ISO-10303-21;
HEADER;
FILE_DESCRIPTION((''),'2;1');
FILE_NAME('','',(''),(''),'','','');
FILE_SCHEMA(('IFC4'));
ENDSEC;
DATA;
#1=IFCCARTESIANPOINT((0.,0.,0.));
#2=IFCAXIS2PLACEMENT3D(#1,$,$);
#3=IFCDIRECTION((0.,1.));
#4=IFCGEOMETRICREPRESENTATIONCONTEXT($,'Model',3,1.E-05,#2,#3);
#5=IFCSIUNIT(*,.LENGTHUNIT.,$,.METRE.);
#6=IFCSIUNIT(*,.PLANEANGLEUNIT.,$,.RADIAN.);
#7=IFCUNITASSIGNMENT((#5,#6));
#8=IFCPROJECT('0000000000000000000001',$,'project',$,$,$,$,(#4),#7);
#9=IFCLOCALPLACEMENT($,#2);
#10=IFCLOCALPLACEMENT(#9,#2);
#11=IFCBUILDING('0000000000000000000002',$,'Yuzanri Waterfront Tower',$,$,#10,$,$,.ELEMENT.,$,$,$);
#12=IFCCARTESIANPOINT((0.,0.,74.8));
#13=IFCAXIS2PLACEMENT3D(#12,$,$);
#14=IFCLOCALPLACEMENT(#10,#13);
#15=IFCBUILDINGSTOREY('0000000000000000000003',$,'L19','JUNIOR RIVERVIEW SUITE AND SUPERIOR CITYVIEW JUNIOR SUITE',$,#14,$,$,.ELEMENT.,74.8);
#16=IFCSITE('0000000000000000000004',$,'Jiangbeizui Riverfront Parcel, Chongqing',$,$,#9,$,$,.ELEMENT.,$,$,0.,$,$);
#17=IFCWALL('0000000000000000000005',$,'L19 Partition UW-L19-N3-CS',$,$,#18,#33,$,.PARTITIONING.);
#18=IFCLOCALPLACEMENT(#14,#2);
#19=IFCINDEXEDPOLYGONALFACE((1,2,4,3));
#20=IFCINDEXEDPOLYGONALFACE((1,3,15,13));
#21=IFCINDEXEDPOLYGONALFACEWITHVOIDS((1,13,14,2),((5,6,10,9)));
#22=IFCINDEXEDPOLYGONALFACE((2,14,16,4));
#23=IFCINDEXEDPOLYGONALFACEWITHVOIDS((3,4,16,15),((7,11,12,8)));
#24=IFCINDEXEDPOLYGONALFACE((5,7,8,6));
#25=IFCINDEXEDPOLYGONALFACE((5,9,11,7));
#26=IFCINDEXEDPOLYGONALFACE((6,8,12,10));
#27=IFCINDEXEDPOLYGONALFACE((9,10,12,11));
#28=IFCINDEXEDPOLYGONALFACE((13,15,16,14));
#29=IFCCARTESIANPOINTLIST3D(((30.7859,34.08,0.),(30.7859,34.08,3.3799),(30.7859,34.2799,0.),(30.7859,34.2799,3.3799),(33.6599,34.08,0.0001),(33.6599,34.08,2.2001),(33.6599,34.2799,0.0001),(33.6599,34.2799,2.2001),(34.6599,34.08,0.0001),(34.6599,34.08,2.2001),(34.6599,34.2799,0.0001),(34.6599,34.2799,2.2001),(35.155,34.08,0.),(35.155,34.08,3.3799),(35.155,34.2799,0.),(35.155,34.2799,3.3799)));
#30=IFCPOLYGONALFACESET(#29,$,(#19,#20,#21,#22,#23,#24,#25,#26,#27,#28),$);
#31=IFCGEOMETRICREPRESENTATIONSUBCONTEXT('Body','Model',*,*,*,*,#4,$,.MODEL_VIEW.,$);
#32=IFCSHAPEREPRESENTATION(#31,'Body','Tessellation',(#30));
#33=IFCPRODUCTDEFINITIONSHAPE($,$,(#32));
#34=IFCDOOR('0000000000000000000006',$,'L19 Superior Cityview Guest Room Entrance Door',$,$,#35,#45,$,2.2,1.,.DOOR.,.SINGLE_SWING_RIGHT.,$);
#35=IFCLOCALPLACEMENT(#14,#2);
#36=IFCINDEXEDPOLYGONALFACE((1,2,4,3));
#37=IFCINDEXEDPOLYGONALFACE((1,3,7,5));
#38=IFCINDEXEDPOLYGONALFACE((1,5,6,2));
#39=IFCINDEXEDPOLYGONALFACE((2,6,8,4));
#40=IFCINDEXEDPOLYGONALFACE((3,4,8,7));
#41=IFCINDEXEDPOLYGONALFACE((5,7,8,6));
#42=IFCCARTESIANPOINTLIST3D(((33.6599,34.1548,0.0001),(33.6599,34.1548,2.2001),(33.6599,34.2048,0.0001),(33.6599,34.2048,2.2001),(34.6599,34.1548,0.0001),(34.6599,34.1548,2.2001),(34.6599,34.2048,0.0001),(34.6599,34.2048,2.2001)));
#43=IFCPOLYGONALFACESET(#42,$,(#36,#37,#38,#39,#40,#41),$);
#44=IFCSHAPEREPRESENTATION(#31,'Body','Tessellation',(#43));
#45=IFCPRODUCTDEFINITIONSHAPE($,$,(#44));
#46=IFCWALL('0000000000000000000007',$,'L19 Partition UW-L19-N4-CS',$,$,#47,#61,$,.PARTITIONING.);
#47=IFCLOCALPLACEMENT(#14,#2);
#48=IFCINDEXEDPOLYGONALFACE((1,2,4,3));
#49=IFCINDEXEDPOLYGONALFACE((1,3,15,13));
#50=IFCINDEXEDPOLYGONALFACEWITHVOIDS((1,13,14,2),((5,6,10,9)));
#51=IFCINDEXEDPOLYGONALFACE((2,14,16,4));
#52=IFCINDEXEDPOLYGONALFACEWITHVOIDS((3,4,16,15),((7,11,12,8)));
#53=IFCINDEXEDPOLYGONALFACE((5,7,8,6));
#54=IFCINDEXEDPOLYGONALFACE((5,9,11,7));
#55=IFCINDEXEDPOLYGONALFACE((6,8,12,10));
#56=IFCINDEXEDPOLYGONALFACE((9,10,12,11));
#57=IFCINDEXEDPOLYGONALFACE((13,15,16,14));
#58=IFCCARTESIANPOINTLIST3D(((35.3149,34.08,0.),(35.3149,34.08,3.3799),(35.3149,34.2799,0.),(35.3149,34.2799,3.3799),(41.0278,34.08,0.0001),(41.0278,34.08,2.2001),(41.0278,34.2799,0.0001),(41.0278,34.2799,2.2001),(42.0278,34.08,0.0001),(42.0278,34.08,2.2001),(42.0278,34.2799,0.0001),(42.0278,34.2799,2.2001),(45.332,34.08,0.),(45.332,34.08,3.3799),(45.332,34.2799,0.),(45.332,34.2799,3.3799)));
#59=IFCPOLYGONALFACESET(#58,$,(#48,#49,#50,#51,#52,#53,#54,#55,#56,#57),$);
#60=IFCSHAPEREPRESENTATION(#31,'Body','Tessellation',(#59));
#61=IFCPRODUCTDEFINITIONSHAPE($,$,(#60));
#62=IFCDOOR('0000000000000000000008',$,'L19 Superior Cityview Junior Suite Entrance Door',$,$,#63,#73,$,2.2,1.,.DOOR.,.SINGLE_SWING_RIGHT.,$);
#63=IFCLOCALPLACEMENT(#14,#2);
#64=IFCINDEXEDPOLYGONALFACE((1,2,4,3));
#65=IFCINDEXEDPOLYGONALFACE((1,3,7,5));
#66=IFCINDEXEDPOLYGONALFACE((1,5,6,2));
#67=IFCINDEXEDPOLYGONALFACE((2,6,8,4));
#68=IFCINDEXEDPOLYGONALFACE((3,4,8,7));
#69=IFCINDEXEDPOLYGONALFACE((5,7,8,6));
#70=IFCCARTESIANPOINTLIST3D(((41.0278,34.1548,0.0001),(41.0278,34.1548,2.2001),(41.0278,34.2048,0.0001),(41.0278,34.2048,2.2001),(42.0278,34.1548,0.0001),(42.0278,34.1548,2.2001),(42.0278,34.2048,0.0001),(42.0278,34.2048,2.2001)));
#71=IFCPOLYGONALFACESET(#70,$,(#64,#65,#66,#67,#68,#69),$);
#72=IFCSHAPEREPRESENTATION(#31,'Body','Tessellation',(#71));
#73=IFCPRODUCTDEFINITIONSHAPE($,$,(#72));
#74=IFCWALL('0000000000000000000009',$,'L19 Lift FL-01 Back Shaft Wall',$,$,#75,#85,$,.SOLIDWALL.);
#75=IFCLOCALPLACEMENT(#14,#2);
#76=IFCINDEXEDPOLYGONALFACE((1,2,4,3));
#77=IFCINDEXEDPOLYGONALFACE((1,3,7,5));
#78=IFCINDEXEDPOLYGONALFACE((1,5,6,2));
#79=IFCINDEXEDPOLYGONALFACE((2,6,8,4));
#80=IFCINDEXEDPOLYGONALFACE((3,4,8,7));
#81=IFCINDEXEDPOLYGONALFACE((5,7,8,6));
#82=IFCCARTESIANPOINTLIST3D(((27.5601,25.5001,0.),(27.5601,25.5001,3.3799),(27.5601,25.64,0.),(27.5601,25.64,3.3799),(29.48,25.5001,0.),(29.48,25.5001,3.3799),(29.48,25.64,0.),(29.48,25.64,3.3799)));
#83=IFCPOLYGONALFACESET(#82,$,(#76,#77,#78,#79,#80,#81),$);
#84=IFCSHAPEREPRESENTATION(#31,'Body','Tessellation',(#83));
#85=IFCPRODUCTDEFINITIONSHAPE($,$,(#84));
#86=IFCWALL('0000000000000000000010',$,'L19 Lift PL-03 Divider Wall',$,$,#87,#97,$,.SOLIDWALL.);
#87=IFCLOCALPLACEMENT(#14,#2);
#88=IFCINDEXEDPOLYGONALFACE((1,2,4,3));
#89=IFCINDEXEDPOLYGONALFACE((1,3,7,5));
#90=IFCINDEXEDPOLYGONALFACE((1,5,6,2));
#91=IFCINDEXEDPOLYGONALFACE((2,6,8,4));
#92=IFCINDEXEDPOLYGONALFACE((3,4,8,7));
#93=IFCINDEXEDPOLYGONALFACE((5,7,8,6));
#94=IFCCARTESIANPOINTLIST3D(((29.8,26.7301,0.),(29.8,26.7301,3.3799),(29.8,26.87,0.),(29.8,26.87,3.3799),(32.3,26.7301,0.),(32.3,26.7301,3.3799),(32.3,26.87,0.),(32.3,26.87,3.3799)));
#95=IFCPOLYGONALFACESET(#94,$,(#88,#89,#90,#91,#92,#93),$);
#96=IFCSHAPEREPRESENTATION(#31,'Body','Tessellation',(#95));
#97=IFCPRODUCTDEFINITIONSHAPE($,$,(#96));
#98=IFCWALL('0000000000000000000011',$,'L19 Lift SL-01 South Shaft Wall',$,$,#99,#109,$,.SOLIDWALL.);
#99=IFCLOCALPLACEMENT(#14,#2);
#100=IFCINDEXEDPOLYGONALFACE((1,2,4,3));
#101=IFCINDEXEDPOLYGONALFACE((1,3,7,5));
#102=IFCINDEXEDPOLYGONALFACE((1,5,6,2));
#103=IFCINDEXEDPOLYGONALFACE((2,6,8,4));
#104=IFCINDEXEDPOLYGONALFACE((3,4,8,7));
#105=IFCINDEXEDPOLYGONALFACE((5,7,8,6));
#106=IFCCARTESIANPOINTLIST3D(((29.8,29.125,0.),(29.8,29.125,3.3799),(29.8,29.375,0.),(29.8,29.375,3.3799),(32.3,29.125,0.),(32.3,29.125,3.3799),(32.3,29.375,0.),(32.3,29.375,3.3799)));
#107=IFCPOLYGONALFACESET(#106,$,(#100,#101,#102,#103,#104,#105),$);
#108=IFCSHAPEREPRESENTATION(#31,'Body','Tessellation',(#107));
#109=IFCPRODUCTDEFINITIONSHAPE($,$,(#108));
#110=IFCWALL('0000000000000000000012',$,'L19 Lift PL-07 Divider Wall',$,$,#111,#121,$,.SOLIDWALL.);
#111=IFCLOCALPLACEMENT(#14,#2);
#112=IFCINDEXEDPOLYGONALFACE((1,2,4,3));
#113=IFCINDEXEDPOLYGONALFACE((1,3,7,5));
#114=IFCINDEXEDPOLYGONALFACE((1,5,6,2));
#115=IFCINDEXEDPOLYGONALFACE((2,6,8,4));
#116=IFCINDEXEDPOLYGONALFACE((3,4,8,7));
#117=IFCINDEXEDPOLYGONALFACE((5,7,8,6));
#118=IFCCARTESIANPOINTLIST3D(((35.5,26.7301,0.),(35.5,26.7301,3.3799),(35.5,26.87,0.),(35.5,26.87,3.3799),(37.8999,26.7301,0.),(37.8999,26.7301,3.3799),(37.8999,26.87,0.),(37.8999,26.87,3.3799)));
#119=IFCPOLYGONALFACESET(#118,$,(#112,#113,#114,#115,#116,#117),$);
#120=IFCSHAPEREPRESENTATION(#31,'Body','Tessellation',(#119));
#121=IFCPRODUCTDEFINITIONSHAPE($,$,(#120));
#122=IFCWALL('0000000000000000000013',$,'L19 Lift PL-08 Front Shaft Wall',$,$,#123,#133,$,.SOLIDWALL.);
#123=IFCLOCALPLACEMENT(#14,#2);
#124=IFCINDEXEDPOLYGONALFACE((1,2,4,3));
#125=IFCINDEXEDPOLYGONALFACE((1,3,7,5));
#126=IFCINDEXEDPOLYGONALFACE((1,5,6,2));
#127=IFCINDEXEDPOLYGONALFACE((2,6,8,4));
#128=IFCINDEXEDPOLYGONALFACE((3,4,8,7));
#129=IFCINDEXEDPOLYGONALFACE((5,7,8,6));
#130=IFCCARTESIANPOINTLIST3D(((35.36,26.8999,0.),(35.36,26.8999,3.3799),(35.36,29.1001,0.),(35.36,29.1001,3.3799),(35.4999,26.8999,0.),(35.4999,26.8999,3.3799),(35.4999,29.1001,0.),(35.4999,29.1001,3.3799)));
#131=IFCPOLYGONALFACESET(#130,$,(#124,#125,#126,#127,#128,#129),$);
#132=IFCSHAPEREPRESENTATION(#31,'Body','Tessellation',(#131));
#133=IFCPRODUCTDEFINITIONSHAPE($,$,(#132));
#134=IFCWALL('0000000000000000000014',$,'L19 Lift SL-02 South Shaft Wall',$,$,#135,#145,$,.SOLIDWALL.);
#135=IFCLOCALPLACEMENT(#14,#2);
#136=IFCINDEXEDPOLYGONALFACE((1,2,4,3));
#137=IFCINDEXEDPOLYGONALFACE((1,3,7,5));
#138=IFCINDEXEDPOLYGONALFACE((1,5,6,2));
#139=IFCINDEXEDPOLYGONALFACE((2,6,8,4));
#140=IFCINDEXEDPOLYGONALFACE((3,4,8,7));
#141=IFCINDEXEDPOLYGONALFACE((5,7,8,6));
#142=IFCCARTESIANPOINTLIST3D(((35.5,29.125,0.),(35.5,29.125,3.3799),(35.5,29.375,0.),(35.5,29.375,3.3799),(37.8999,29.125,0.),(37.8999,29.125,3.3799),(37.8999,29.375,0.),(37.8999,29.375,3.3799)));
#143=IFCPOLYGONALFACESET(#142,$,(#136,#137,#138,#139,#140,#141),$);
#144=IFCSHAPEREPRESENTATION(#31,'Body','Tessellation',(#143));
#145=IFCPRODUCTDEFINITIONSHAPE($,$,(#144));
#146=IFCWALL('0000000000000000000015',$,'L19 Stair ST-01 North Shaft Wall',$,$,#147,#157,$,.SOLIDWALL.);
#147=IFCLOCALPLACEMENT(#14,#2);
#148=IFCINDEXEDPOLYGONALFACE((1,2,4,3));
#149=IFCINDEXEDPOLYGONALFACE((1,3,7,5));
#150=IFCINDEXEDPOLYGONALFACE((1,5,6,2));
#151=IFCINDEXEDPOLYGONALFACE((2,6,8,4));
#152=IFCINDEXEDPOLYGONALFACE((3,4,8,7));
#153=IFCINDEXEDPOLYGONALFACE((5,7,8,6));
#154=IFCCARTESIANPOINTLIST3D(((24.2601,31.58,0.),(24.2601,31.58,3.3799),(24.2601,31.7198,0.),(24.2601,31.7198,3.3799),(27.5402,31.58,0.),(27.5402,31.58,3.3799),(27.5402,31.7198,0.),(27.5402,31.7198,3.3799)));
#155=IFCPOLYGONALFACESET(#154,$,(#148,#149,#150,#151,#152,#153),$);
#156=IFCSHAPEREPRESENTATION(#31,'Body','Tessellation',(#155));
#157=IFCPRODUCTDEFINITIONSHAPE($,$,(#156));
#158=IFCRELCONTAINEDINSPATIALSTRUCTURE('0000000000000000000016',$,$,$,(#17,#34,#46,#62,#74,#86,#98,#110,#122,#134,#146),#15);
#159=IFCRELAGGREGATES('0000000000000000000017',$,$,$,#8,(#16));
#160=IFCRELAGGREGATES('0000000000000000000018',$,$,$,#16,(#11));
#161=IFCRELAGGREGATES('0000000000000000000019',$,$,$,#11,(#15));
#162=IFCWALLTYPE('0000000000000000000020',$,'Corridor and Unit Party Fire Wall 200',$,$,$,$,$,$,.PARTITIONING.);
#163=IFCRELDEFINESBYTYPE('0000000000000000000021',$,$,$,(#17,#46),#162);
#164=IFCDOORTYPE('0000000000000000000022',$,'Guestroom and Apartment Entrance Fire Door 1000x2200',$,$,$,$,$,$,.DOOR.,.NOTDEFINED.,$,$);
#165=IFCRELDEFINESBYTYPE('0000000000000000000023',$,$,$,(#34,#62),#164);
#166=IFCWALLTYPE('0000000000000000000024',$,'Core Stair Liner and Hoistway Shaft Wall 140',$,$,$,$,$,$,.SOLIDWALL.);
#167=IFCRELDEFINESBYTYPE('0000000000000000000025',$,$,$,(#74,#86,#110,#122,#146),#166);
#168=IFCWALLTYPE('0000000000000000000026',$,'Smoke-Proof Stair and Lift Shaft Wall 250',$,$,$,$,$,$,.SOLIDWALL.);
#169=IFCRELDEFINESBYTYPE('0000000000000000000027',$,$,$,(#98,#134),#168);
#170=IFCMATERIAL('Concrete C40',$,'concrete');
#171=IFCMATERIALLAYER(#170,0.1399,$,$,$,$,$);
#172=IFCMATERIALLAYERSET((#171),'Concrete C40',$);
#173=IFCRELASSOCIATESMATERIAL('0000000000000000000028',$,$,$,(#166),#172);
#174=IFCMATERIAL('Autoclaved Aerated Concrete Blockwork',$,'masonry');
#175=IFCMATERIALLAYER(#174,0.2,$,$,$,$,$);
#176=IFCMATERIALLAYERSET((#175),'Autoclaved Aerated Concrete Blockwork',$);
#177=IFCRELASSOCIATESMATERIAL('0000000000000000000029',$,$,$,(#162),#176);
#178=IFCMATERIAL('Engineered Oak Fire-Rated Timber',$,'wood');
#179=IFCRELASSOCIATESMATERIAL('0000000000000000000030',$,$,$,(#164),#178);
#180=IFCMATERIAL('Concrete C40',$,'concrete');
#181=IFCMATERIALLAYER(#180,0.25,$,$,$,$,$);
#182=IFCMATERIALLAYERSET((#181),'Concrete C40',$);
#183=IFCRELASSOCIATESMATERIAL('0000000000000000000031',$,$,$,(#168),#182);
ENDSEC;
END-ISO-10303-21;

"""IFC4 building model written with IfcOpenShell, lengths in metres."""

from ifc_helpers import new_model, si_unit, direction, frame, frame_2d, origin, place, context, subcontext, project, spatial, rectangle, extrude, source, transform, mapped, material, layer, layer_set, type_object, element, fill, save


model = new_model("IFC4")

# Units and contexts
model_context = context("Model", 3, precision=1e-05, world=origin(), true_north=direction((0.0, 1.0)))
body_context = subcontext(model_context, "Body", "Model", "MODEL_VIEW")
ifc_project = project(units=[si_unit("LENGTHUNIT", "METRE"), si_unit("PLANEANGLEUNIT", "RADIAN")], contexts=[model_context])

# Site, building, storey
site_placement = place(None, origin())
site = spatial("IfcSite", under=ifc_project, at=site_placement, Name="Jiangbeizui Riverfront Parcel, Chongqing", CompositionType="ELEMENT", RefElevation=0.0)
building_placement = place(site_placement, origin())
building = spatial("IfcBuilding", under=site, at=building_placement, Name="Yuzanri Waterfront Tower", CompositionType="ELEMENT")
storey_placement = place(building_placement, frame((0.0, 0.0, 74.8)))
storey = spatial("IfcBuildingStorey", under=building, at=storey_placement, Name="L19", Description="JUNIOR RIVERVIEW SUITE AND SUPERIOR CITYVIEW JUNIOR SUITE", CompositionType="ELEMENT", Elevation=74.8)

# Walls, openings, doors
ifc_material_1 = material(Name="Concrete C40", Category="concrete")
ifc_layer_1 = layer(ifc_material_1, 0.1399)
ifc_layer_set_1 = layer_set([ifc_layer_1], Name="Concrete C40")
wall_type_1 = type_object("IfcWallType", Name="Core Stair Liner and Hoistway Shaft Wall 140", PredefinedType="SOLIDWALL", material=ifc_layer_set_1)
ifc_material_2 = material(Name="Autoclaved Aerated Concrete Blockwork", Category="masonry")
ifc_layer_2 = layer(ifc_material_2, 0.2)
ifc_layer_set_2 = layer_set([ifc_layer_2], Name="Autoclaved Aerated Concrete Blockwork")
wall_type_2 = type_object("IfcWallType", Name="Corridor and Unit Party Fire Wall 200", PredefinedType="PARTITIONING", material=ifc_layer_set_2)
wall_1_placement = place(storey_placement, frame((30.7859, 34.1799, 0.0), z_axis=(0.0, 0.0, 1.0), x_axis=(1.0, 0.0, 0.0)))
wall_1 = element("IfcWall", 1, at=wall_1_placement, inside=storey, type_object=wall_type_2, Name="L19 Partition UW-L19-N3-CS", PredefinedType="PARTITIONING", context=body_context, shape_type="SweptSolid", body=[
    extrude(rectangle(XDim=4.3691, YDim=0.2, at=frame_2d((2.1846, 0.0))), origin(), (0.0, 0.0, 1.0), 3.3799),
])
opening_1_placement = place(wall_1_placement, frame((2.874, 0.0, 0.0)))
opening_1 = element("IfcOpeningElement", 2, at=opening_1_placement, cuts=wall_1, PredefinedType="OPENING", context=body_context, shape_type="SweptSolid", body=[
    extrude(rectangle(XDim=1.0, YDim=2.2, at=frame_2d((0.5, 1.1001))), frame((0.0, 0.1147, 0.0), z_axis=(0.0, -1.0, 0.0), x_axis=(1.0, 0.0, 0.0)), (0.0, 0.0, 1.0), 0.2297),
])
ifc_material_3 = material(Name="Engineered Oak Fire-Rated Timber", Category="wood")
door_type_1 = type_object("IfcDoorType", Name="Guestroom and Apartment Entrance Fire Door 1000x2200", OperationType="NOTDEFINED", PredefinedType="DOOR", material=ifc_material_3)
shared_shape_1 = source(origin(), body_context, "Body", "SweptSolid", [
    extrude(rectangle(XDim=1.0, YDim=2.2, at=frame_2d((0.5, 1.1001))), frame((0.0, 0.0249, 0.0), z_axis=(0.0, -1.0, 0.0), x_axis=(1.0, 0.0, 0.0)), (0.0, 0.0, 1.0), 0.05),
])
door_1_placement = place(opening_1_placement, origin())
door_1 = element("IfcDoor", 3, at=door_1_placement, inside=storey, type_object=door_type_1, Name="L19 Superior Cityview Guest Room Entrance Door", OperationType="SINGLE_SWING_RIGHT", OverallHeight=2.2, OverallWidth=1.0, PredefinedType="DOOR", context=body_context, shape_type="MappedRepresentation", body=[
    mapped(shared_shape_1, transform((0.0, 0.0, 0.0), scale=1.0)),
])
fill(opening_1, door_1)
wall_2_placement = place(storey_placement, frame((35.3149, 34.1799, 0.0), z_axis=(0.0, 0.0, 1.0), x_axis=(1.0, 0.0, 0.0)))
wall_2 = element("IfcWall", 4, at=wall_2_placement, inside=storey, type_object=wall_type_2, Name="L19 Partition UW-L19-N4-CS", PredefinedType="PARTITIONING", context=body_context, shape_type="SweptSolid", body=[
    extrude(rectangle(XDim=10.0171, YDim=0.2, at=frame_2d((5.0085, 0.0))), origin(), (0.0, 0.0, 1.0), 3.3799),
])
opening_2_placement = place(wall_2_placement, frame((5.7129, 0.0, 0.0)))
opening_2 = element("IfcOpeningElement", 5, at=opening_2_placement, cuts=wall_2, PredefinedType="OPENING", context=body_context, shape_type="SweptSolid", body=[
    extrude(rectangle(XDim=1.0, YDim=2.2, at=frame_2d((0.5, 1.1001))), frame((0.0, 0.1147, 0.0), z_axis=(0.0, -1.0, 0.0), x_axis=(1.0, 0.0, 0.0)), (0.0, 0.0, 1.0), 0.2297),
])
door_2_placement = place(opening_2_placement, origin())
door_2 = element("IfcDoor", 6, at=door_2_placement, inside=storey, type_object=door_type_1, Name="L19 Superior Cityview Junior Suite Entrance Door", OperationType="SINGLE_SWING_RIGHT", OverallHeight=2.2, OverallWidth=1.0, PredefinedType="DOOR", context=body_context, shape_type="MappedRepresentation", body=[
    mapped(shared_shape_1, transform((0.0, 0.0, 0.0), scale=1.0)),
])
fill(opening_2, door_2)

# Walls
shared_shape_2 = source(origin(), body_context, "Body", "SweptSolid", [
    extrude(rectangle(XDim=1.9199, YDim=0.1399, at=frame_2d((0.96, 0.0))), origin(), (0.0, 0.0, 1.0), 3.3799),
])
wall_3_placement = place(storey_placement, frame((27.5601, 25.5701, 0.0), z_axis=(0.0, 0.0, 1.0), x_axis=(1.0, 0.0, 0.0)))
element("IfcWall", 7, at=wall_3_placement, inside=storey, type_object=wall_type_1, Name="L19 Lift FL-01 Back Shaft Wall", PredefinedType="SOLIDWALL", context=body_context, shape_type="MappedRepresentation", body=[
    mapped(shared_shape_2, transform((0.0, 0.0, 0.0), scale=1.0)),
])
shared_shape_3 = source(origin(), body_context, "Body", "SweptSolid", [
    extrude(rectangle(XDim=2.5, YDim=0.1399, at=frame_2d((1.25, 0.0))), origin(), (0.0, 0.0, 1.0), 3.3799),
])
wall_4_placement = place(storey_placement, frame((29.8, 26.8, 0.0), z_axis=(0.0, 0.0, 1.0), x_axis=(1.0, 0.0, 0.0)))
element("IfcWall", 8, at=wall_4_placement, inside=storey, type_object=wall_type_1, Name="L19 Lift PL-03 Divider Wall", PredefinedType="SOLIDWALL", context=body_context, shape_type="MappedRepresentation", body=[
    mapped(shared_shape_3, transform((0.0, 0.0, 0.0), scale=1.0)),
])
ifc_material_4 = material(Name="Concrete C40", Category="concrete")
ifc_layer_3 = layer(ifc_material_4, 0.25)
ifc_layer_set_3 = layer_set([ifc_layer_3], Name="Concrete C40")
wall_type_3 = type_object("IfcWallType", Name="Smoke-Proof Stair and Lift Shaft Wall 250", PredefinedType="SOLIDWALL", material=ifc_layer_set_3)
shared_shape_4 = source(origin(), body_context, "Body", "SweptSolid", [
    extrude(rectangle(XDim=2.5, YDim=0.25, at=frame_2d((1.25, 0.0))), origin(), (0.0, 0.0, 1.0), 3.3799),
])
wall_5_placement = place(storey_placement, frame((29.8, 29.25, 0.0), z_axis=(0.0, 0.0, 1.0), x_axis=(1.0, 0.0, 0.0)))
element("IfcWall", 9, at=wall_5_placement, inside=storey, type_object=wall_type_3, Name="L19 Lift SL-01 South Shaft Wall", PredefinedType="SOLIDWALL", context=body_context, shape_type="MappedRepresentation", body=[
    mapped(shared_shape_4, transform((0.0, 0.0, 0.0), scale=1.0)),
])
shared_shape_5 = source(origin(), body_context, "Body", "SweptSolid", [
    extrude(rectangle(XDim=2.3999, YDim=0.1399, at=frame_2d((1.2, 0.0))), origin(), (0.0, 0.0, 1.0), 3.3799),
])
wall_6_placement = place(storey_placement, frame((35.5, 26.8, 0.0), z_axis=(0.0, 0.0, 1.0), x_axis=(1.0, 0.0, 0.0)))
element("IfcWall", 10, at=wall_6_placement, inside=storey, type_object=wall_type_1, Name="L19 Lift PL-07 Divider Wall", PredefinedType="SOLIDWALL", context=body_context, shape_type="MappedRepresentation", body=[
    mapped(shared_shape_5, transform((0.0, 0.0, 0.0), scale=1.0)),
])
shared_shape_6 = source(origin(), body_context, "Body", "SweptSolid", [
    extrude(rectangle(XDim=2.2002, YDim=0.1399, at=frame_2d((1.1001, 0.0))), origin(), (0.0, 0.0, 1.0), 3.3799),
])
wall_7_placement = place(storey_placement, frame((35.4299, 26.8999, 0.0), z_axis=(0.0, 0.0, 1.0), x_axis=(0.0, 1.0, 0.0)))
element("IfcWall", 11, at=wall_7_placement, inside=storey, type_object=wall_type_1, Name="L19 Lift PL-08 Front Shaft Wall", PredefinedType="SOLIDWALL", context=body_context, shape_type="MappedRepresentation", body=[
    mapped(shared_shape_6, transform((0.0, 0.0, 0.0), scale=1.0)),
])
shared_shape_7 = source(origin(), body_context, "Body", "SweptSolid", [
    extrude(rectangle(XDim=2.3999, YDim=0.25, at=frame_2d((1.2, 0.0))), origin(), (0.0, 0.0, 1.0), 3.3799),
])
wall_8_placement = place(storey_placement, frame((35.5, 29.25, 0.0), z_axis=(0.0, 0.0, 1.0), x_axis=(1.0, 0.0, 0.0)))
element("IfcWall", 12, at=wall_8_placement, inside=storey, type_object=wall_type_3, Name="L19 Lift SL-02 South Shaft Wall", PredefinedType="SOLIDWALL", context=body_context, shape_type="MappedRepresentation", body=[
    mapped(shared_shape_7, transform((0.0, 0.0, 0.0), scale=1.0)),
])
shared_shape_8 = source(origin(), body_context, "Body", "SweptSolid", [
    extrude(rectangle(XDim=3.28, YDim=0.1399, at=frame_2d((1.6401, 0.0))), origin(), (0.0, 0.0, 1.0), 3.3799),
])
wall_9_placement = place(storey_placement, frame((24.26, 31.6499, 0.0), z_axis=(0.0, 0.0, 1.0), x_axis=(1.0, 0.0, 0.0)))
element("IfcWall", 13, at=wall_9_placement, inside=storey, type_object=wall_type_1, Name="L19 Stair ST-01 North Shaft Wall", PredefinedType="SOLIDWALL", context=body_context, shape_type="MappedRepresentation", body=[
    mapped(shared_shape_8, transform((0.0, 0.0, 0.0), scale=1.0)),
])

save(model, "model.ifc")
